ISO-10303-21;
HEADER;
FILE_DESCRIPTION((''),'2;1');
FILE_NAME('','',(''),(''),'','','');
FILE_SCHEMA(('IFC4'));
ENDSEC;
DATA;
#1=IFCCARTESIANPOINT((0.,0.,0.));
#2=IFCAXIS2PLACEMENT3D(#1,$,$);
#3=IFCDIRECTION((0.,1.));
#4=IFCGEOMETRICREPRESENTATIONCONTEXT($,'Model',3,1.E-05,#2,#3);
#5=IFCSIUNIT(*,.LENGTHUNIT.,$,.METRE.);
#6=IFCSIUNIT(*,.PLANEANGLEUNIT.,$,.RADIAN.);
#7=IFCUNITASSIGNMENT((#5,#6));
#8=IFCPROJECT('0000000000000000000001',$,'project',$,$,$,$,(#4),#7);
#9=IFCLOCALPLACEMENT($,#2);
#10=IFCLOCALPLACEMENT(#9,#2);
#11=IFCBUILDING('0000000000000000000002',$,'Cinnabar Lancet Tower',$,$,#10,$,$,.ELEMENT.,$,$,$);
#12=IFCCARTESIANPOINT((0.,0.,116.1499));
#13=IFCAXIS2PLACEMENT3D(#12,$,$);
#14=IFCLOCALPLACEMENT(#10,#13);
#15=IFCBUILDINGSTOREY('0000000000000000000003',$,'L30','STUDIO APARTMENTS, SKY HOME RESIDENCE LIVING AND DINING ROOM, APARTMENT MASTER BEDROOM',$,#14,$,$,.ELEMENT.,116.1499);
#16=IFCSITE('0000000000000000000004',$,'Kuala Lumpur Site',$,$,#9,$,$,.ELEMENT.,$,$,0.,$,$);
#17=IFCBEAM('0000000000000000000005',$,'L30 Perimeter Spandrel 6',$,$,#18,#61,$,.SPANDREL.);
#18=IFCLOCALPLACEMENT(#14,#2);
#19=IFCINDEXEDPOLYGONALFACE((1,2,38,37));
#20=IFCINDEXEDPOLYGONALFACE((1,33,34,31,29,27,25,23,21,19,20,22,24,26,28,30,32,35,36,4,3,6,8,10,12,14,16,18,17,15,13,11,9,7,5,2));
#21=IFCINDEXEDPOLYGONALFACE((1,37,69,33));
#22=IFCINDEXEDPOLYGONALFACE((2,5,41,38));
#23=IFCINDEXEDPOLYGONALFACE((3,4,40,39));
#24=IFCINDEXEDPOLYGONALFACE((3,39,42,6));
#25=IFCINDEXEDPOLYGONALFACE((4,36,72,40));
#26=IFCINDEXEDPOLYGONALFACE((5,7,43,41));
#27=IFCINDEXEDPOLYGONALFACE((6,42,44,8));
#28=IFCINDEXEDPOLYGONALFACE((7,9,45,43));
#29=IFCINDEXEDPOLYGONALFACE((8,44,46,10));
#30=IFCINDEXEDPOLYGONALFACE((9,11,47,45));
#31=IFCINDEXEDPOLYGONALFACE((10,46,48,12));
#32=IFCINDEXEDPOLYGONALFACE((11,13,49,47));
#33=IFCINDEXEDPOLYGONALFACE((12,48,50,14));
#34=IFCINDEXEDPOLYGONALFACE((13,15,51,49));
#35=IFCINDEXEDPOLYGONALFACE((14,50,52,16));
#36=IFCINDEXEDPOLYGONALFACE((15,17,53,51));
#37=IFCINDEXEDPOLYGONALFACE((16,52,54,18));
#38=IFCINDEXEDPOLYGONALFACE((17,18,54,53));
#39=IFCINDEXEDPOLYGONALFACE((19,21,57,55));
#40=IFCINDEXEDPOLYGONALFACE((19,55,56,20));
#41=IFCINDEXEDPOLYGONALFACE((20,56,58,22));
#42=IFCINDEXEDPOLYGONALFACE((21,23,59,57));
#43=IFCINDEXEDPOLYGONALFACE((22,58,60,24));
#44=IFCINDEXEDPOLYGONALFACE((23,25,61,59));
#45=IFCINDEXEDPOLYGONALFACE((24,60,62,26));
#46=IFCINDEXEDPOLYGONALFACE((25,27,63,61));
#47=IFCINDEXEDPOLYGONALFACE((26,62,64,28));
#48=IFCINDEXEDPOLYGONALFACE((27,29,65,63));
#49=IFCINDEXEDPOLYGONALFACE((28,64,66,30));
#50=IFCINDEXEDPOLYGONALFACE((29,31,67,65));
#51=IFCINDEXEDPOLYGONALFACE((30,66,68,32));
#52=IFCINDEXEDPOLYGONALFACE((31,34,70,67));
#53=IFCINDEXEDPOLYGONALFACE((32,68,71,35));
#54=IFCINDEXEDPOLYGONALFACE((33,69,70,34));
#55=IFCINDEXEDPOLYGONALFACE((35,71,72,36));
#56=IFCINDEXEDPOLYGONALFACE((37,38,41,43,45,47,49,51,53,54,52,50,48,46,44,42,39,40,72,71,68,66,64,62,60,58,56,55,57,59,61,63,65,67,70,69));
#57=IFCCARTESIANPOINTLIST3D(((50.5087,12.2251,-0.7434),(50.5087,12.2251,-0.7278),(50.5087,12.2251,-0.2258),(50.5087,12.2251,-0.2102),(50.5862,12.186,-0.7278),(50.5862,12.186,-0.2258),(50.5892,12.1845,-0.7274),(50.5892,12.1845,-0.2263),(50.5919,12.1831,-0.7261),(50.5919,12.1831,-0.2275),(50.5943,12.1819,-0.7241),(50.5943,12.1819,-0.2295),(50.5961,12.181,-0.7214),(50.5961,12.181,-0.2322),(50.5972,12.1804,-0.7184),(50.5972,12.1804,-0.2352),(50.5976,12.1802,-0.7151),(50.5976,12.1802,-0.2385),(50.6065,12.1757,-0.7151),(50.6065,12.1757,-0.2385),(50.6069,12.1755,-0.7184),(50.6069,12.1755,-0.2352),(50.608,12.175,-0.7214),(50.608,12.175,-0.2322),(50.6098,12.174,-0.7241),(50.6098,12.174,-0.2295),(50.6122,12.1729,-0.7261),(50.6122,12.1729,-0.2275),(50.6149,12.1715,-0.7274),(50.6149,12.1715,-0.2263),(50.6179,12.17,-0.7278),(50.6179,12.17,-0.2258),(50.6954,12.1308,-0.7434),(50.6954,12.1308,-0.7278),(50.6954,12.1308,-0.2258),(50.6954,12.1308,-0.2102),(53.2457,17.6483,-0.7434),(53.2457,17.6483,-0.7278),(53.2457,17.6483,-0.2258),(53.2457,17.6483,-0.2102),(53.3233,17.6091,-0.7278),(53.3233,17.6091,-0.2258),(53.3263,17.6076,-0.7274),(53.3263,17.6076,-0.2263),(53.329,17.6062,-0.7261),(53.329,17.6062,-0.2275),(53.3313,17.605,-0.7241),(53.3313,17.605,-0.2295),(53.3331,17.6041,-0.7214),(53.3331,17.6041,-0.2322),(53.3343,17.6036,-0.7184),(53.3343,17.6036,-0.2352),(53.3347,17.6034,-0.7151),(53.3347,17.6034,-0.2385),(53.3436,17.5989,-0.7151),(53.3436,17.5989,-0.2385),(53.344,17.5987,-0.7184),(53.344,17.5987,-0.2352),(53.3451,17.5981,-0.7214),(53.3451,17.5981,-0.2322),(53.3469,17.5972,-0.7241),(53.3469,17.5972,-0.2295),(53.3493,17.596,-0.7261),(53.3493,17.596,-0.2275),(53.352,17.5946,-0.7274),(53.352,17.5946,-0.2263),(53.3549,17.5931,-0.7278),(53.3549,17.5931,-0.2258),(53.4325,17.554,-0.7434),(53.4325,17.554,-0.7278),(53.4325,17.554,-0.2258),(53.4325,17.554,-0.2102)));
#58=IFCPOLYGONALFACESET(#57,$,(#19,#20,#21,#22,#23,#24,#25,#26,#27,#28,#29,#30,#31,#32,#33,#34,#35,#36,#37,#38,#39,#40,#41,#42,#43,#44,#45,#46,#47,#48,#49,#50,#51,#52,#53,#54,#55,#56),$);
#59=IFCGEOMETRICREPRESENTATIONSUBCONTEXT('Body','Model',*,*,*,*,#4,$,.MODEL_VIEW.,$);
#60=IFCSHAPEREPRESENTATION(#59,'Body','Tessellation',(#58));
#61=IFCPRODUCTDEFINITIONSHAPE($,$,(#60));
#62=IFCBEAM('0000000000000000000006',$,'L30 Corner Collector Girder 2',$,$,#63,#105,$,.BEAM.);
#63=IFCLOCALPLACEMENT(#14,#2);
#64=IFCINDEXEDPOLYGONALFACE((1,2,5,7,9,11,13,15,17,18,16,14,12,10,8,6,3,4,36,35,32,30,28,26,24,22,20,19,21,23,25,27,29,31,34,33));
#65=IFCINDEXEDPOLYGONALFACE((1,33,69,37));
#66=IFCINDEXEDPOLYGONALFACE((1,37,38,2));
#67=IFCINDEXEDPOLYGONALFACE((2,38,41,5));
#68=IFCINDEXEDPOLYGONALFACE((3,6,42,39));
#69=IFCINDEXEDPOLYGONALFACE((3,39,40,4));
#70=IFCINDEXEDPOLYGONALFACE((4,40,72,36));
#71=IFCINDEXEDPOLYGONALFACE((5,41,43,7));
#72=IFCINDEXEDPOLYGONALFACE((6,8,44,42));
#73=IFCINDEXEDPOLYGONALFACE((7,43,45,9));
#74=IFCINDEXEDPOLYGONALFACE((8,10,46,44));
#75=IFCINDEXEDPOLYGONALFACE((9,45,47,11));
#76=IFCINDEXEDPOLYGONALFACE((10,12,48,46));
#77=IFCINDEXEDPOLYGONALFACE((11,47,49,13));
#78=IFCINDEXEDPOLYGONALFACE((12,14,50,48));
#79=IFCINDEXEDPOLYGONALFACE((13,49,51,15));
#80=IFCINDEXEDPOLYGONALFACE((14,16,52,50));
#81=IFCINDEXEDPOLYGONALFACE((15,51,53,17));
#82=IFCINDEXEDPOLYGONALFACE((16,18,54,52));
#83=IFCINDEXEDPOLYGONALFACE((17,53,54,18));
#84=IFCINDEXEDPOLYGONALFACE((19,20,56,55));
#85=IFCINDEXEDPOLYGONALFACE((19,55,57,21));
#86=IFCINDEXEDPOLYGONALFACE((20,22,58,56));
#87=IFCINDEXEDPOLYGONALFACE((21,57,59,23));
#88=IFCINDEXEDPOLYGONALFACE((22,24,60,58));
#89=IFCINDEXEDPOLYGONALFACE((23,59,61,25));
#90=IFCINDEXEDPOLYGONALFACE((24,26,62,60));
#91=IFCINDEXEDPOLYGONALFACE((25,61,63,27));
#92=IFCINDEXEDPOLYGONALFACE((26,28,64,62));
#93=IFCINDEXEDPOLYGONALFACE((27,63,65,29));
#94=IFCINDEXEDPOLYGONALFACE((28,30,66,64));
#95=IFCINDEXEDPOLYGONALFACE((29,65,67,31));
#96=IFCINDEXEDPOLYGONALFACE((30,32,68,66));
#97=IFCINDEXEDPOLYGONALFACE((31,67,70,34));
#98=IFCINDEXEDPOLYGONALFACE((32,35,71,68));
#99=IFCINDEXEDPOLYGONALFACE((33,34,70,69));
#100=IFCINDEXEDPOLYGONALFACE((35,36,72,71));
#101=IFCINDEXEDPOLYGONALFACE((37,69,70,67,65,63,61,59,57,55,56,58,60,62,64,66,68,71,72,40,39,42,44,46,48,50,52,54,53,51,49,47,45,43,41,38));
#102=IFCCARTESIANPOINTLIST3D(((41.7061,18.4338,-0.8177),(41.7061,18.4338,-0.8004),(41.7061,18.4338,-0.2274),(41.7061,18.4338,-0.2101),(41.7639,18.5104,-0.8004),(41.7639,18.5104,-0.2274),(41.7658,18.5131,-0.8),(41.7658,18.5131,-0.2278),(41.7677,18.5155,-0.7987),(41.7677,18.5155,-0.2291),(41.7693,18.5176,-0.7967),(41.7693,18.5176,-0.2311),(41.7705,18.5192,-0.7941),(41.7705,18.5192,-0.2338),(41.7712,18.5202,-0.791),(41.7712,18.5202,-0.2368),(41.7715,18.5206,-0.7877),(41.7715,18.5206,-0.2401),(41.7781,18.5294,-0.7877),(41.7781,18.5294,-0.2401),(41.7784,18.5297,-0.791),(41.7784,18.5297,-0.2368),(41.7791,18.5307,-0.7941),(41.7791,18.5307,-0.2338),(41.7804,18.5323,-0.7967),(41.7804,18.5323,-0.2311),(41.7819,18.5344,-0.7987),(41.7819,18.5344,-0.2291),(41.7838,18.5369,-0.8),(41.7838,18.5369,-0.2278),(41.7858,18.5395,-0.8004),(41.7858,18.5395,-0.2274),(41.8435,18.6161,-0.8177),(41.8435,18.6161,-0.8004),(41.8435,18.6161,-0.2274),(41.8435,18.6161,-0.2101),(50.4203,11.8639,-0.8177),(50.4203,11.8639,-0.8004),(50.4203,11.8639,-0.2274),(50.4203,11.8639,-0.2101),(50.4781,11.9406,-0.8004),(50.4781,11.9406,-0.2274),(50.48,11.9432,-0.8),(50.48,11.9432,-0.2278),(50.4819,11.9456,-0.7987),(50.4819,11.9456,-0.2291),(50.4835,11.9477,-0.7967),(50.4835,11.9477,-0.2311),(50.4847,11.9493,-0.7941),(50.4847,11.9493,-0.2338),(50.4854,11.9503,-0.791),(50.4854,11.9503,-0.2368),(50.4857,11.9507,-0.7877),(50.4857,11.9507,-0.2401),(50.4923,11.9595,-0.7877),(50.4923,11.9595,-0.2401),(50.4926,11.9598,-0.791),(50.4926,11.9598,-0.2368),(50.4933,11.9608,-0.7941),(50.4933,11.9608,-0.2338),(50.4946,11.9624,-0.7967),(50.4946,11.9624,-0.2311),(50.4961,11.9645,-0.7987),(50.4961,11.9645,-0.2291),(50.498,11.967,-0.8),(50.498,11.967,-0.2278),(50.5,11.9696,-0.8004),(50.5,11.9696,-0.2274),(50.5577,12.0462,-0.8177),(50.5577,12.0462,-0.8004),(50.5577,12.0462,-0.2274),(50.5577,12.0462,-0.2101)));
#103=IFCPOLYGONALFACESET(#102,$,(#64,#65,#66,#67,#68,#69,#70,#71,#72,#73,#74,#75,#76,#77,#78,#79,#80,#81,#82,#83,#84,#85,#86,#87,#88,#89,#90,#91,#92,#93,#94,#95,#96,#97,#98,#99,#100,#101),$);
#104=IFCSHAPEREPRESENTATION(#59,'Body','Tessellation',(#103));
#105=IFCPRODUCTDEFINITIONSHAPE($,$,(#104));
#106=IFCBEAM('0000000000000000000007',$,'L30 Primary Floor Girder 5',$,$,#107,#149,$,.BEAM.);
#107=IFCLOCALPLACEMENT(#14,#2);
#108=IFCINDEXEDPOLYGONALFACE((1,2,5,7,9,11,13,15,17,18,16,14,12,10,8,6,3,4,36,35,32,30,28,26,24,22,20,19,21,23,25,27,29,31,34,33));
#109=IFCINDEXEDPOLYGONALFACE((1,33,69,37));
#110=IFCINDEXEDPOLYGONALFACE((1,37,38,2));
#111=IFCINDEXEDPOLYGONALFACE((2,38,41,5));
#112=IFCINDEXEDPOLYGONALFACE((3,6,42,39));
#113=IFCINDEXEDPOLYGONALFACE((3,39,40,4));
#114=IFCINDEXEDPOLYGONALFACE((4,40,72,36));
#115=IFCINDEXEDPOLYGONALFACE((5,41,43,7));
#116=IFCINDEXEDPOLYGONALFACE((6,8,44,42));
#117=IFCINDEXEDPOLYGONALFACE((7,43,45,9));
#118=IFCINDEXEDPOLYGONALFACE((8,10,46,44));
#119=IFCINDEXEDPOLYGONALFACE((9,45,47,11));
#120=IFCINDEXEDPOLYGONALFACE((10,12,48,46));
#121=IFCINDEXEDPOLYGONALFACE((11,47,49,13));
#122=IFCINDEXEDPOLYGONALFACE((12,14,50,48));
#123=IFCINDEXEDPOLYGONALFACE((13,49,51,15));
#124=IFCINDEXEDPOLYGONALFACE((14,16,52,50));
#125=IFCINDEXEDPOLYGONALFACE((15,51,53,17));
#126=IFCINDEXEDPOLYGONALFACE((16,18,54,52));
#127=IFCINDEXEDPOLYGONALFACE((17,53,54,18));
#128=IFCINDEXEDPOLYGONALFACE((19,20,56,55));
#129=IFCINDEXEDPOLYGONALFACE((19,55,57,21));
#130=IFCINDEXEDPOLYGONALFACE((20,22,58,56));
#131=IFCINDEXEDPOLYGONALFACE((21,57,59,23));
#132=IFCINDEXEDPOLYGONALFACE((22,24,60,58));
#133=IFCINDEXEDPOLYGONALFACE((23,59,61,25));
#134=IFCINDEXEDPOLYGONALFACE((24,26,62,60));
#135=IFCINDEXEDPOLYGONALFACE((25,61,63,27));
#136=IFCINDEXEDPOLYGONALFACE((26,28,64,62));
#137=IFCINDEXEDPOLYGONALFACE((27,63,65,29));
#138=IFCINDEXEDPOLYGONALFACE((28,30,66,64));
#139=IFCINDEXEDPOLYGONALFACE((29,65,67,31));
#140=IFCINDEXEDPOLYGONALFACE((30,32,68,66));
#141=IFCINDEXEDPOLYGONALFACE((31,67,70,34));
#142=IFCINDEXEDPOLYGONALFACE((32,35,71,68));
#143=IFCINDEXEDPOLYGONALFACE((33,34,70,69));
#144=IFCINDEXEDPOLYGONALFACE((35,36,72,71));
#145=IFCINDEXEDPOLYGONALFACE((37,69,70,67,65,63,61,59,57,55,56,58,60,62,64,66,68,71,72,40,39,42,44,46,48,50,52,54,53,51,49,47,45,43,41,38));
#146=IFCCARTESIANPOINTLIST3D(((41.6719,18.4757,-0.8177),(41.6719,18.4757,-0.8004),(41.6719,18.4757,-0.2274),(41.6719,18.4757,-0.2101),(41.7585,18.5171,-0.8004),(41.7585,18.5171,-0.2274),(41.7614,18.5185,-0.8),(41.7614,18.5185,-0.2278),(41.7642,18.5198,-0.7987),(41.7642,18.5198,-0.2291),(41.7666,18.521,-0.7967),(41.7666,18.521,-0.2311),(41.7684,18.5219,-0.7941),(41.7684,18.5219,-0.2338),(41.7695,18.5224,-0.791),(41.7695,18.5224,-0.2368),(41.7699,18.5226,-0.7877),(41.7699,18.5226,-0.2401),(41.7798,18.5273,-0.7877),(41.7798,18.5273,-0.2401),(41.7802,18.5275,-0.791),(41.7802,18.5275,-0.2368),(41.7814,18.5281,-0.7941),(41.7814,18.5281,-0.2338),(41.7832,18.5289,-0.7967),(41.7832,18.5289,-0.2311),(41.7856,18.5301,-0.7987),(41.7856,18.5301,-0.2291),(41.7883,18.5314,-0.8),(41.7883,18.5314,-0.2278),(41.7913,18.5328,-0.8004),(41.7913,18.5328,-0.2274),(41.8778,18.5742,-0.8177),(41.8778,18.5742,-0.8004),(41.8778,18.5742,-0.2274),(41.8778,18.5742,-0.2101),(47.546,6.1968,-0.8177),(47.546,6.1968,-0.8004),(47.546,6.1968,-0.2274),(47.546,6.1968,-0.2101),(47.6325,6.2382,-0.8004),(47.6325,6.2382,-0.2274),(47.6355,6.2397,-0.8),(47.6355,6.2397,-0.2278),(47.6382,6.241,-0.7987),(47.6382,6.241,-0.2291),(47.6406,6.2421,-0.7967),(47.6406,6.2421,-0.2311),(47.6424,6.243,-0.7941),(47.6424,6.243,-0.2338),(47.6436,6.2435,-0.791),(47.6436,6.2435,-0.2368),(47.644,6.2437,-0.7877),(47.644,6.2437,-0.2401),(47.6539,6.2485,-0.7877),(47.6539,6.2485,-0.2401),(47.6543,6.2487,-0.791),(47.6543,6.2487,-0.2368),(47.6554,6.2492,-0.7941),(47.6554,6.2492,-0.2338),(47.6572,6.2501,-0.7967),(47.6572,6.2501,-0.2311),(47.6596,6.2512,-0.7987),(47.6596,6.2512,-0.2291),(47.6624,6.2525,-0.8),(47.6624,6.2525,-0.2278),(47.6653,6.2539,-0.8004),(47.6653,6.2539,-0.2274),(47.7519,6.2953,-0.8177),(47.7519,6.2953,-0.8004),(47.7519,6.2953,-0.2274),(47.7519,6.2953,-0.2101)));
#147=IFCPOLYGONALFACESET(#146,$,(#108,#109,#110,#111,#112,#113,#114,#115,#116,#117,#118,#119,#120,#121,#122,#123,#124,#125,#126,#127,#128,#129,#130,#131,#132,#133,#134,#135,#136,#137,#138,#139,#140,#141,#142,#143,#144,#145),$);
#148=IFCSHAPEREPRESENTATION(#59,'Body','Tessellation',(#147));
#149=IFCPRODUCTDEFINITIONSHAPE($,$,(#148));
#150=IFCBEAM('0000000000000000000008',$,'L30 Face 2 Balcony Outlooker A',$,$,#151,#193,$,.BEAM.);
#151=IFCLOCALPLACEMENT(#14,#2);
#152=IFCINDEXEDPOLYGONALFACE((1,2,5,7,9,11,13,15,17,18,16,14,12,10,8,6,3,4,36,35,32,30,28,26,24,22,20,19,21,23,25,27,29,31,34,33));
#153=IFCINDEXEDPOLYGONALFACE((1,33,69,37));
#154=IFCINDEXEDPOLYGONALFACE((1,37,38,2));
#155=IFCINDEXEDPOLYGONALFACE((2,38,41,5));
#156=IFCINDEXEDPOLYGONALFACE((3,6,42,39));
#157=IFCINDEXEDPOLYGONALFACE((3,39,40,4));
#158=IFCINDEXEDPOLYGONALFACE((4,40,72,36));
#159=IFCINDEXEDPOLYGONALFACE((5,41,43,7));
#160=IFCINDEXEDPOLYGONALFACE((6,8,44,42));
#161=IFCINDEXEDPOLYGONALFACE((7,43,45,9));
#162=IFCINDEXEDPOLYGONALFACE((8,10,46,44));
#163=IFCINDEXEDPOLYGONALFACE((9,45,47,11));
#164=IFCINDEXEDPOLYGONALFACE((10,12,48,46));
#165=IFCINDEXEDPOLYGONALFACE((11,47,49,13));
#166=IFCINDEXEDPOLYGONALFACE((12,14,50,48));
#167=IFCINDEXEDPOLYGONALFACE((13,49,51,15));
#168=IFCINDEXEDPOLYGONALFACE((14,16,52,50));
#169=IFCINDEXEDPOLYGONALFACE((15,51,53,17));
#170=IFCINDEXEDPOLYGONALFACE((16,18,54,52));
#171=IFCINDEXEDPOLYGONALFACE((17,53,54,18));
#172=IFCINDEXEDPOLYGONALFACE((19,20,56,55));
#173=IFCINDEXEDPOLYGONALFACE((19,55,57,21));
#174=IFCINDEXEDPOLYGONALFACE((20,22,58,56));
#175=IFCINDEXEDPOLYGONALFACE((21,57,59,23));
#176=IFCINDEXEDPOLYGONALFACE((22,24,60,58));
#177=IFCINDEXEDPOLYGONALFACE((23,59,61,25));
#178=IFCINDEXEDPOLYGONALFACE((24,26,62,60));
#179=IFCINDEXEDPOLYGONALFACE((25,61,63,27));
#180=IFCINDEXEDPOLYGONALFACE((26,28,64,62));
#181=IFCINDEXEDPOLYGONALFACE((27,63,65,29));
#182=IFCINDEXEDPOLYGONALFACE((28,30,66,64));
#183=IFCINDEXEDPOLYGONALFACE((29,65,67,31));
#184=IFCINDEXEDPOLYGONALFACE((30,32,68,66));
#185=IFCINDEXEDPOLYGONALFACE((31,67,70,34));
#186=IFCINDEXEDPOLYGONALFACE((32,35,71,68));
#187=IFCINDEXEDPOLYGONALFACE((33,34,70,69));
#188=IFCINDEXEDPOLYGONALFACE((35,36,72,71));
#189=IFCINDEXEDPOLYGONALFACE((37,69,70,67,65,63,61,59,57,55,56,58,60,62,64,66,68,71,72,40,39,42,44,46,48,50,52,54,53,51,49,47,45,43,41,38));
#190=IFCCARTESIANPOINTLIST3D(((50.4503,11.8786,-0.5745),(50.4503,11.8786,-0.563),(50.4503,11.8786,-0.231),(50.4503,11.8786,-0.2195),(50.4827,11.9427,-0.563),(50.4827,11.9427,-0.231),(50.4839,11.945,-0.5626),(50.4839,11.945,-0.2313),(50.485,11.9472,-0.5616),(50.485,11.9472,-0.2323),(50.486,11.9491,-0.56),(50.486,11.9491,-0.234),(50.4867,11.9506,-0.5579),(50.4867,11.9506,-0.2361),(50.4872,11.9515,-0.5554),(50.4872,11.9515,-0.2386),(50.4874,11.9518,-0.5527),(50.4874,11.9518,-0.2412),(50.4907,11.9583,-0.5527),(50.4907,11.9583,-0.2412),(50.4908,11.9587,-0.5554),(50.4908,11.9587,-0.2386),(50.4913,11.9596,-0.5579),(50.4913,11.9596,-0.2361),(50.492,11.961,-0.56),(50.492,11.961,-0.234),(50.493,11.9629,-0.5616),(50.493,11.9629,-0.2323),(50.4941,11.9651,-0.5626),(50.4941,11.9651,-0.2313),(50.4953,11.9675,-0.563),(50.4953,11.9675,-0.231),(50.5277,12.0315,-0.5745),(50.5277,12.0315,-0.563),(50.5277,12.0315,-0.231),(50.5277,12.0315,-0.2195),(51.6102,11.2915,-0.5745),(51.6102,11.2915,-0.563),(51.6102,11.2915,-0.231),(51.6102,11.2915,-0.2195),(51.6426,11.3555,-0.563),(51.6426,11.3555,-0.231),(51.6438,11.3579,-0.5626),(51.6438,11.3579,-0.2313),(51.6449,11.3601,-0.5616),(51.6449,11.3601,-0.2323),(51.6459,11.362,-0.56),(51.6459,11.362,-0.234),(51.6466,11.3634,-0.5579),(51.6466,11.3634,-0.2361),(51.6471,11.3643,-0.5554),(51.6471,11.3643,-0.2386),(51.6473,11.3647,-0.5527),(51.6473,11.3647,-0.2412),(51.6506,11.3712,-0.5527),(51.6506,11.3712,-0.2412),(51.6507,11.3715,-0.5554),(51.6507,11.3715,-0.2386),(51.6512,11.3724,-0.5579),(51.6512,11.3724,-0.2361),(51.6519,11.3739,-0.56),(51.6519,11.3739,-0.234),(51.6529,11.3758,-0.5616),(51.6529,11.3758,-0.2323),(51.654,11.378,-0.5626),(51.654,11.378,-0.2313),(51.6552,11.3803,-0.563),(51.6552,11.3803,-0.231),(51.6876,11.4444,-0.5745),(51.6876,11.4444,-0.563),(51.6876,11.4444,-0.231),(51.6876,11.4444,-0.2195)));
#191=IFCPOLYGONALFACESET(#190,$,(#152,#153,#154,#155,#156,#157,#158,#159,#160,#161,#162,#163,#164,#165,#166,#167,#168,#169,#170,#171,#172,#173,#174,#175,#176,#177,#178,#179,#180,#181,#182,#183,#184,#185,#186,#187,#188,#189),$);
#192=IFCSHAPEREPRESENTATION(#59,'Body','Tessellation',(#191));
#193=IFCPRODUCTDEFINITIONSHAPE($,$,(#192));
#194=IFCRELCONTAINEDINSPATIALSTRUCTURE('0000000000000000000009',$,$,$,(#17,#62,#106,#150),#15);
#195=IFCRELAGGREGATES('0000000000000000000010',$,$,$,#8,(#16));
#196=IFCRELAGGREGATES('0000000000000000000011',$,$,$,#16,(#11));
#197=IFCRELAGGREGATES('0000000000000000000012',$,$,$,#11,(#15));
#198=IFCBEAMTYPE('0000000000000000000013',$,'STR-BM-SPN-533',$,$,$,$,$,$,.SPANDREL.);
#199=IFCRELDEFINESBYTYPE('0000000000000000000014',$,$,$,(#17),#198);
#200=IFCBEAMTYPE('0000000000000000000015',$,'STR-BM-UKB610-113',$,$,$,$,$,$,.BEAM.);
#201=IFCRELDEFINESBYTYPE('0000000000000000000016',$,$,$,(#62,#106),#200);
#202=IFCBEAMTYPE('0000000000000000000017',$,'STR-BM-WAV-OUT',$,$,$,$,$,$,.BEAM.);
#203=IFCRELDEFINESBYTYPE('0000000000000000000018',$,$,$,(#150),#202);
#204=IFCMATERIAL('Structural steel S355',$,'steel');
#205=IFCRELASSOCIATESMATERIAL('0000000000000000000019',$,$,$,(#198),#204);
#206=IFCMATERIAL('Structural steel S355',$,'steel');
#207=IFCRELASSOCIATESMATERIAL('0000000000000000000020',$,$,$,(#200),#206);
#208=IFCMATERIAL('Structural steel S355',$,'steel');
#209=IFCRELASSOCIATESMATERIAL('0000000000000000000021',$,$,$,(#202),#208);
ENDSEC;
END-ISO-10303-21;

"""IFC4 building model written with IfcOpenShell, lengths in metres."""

from ifc_helpers import new_model, si_unit, direction, frame, origin, origin_2d, place, context, subcontext, project, spatial, i_section, extrude, material, material_profile, profile_set, type_object, element, save


model = new_model("IFC4")

# Units and contexts
model_context = context("Model", 3, precision=1e-05, world=origin(), true_north=direction((0.0, 1.0)))
body_context = subcontext(model_context, "Body", "Model", "MODEL_VIEW")
ifc_project = project(units=[si_unit("LENGTHUNIT", "METRE"), si_unit("PLANEANGLEUNIT", "RADIAN")], contexts=[model_context])

# Site, building, storey
site_placement = place(None, origin())
site = spatial("IfcSite", under=ifc_project, at=site_placement, Name="Kuala Lumpur Site", CompositionType="ELEMENT", RefElevation=0.0)
building_placement = place(site_placement, origin())
building = spatial("IfcBuilding", under=site, at=building_placement, Name="Cinnabar Lancet Tower", CompositionType="ELEMENT")
storey_placement = place(building_placement, frame((0.0, 0.0, 116.1499)))
storey = spatial("IfcBuildingStorey", under=building, at=storey_placement, Name="L30", Description="STUDIO APARTMENTS, SKY HOME RESIDENCE LIVING AND DINING ROOM, APARTMENT MASTER BEDROOM", CompositionType="ELEMENT", Elevation=116.1499)

# Beams
ifc_material_1 = material(Name="Structural steel S355", Category="steel")
ifc_material_profile_1 = material_profile(ifc_material_1, i_section(OverallWidth=0.2092, OverallDepth=0.5332, WebThickness=0.01, FlangeThickness=0.0156, FilletRadius=0.0127, at=origin_2d()), Name="UKB 533x210x92")
ifc_profile_set_1 = profile_set([ifc_material_profile_1], Name="Structural steel S355")
beam_type_1 = type_object("IfcBeamType", Name="STR-BM-SPN-533", PredefinedType="SPANDREL", material=ifc_profile_set_1)
beam_1_placement = place(storey_placement, frame((50.6021, 12.178, -0.4768), z_axis=(0.45057, 0.892741, 0.0), x_axis=(-0.892741, 0.45057, 0.0)))
element("IfcBeam", 1, at=beam_1_placement, inside=storey, type_object=beam_type_1, Name="L30 Perimeter Spandrel 6", PredefinedType="SPANDREL", context=body_context, shape_type="SweptSolid", body=[
    extrude(i_section(OverallWidth=0.2092, OverallDepth=0.5332, WebThickness=0.01, FlangeThickness=0.0156, FilletRadius=0.0127, at=origin_2d()), origin(), (0.0, 0.0, 1.0), 6.0747),
])
ifc_material_2 = material(Name="Structural steel S355", Category="steel")
ifc_material_profile_2 = material_profile(ifc_material_2, i_section(OverallWidth=0.2283, OverallDepth=0.6077, WebThickness=0.011, FlangeThickness=0.0173, FilletRadius=0.0127, at=origin_2d()), Name="UKB 610x229x113")
ifc_profile_set_2 = profile_set([ifc_material_profile_2], Name="Structural steel S355")
beam_type_2 = type_object("IfcBeamType", Name="STR-BM-UKB610-113", PredefinedType="BEAM", material=ifc_profile_set_2)
beam_2_placement = place(storey_placement, frame((50.489, 11.9551, -0.5139), z_axis=(-0.798491, 0.602006, 0.0), x_axis=(-0.602006, -0.798491, 0.0)))
element("IfcBeam", 2, at=beam_2_placement, inside=storey, type_object=beam_type_2, Name="L30 Corner Collector Girder 2", PredefinedType="BEAM", context=body_context, shape_type="SweptSolid", body=[
    extrude(i_section(OverallWidth=0.2283, OverallDepth=0.6077, WebThickness=0.011, FlangeThickness=0.0173, FilletRadius=0.0127, at=origin_2d()), origin(), (0.0, 0.0, 1.0), 10.9133),
])
beam_3_placement = place(storey_placement, frame((47.6489, 6.2461, -0.5139), z_axis=(-0.431548, 0.90209, 0.0), x_axis=(-0.90209, -0.431548, 0.0)))
element("IfcBeam", 3, at=beam_3_placement, inside=storey, type_object=beam_type_2, Name="L30 Primary Floor Girder 5", PredefinedType="BEAM", context=body_context, shape_type="SweptSolid", body=[
    extrude(i_section(OverallWidth=0.2283, OverallDepth=0.6077, WebThickness=0.011, FlangeThickness=0.0173, FilletRadius=0.0127, at=origin_2d()), origin(), (0.0, 0.0, 1.0), 13.6116),
])
ifc_material_3 = material(Name="Structural steel S355", Category="steel")
ifc_material_profile_3 = material_profile(ifc_material_3, i_section(OverallWidth=0.1714, OverallDepth=0.355, WebThickness=0.0073, FlangeThickness=0.0115, FilletRadius=0.0103, at=origin_2d()), Name="UKB 356x171x51")
ifc_profile_set_3 = profile_set([ifc_material_profile_3], Name="Structural steel S355")
beam_type_3 = type_object("IfcBeamType", Name="STR-BM-WAV-OUT", PredefinedType="BEAM", material=ifc_profile_set_3)
beam_4_placement = place(storey_placement, frame((50.489, 11.9551, -0.397), z_axis=(0.8922, -0.45164, 0.0), x_axis=(0.45164, 0.8922, 0.0)))
element("IfcBeam", 4, at=beam_4_placement, inside=storey, type_object=beam_type_3, Name="L30 Face 2 Balcony Outlooker A", PredefinedType="BEAM", context=body_context, shape_type="SweptSolid", body=[
    extrude(i_section(OverallWidth=0.1714, OverallDepth=0.355, WebThickness=0.0073, FlangeThickness=0.0115, FilletRadius=0.0103, at=origin_2d()), origin(), (0.0, 0.0, 1.0), 1.3),
])

save(model, "model.ifc")
